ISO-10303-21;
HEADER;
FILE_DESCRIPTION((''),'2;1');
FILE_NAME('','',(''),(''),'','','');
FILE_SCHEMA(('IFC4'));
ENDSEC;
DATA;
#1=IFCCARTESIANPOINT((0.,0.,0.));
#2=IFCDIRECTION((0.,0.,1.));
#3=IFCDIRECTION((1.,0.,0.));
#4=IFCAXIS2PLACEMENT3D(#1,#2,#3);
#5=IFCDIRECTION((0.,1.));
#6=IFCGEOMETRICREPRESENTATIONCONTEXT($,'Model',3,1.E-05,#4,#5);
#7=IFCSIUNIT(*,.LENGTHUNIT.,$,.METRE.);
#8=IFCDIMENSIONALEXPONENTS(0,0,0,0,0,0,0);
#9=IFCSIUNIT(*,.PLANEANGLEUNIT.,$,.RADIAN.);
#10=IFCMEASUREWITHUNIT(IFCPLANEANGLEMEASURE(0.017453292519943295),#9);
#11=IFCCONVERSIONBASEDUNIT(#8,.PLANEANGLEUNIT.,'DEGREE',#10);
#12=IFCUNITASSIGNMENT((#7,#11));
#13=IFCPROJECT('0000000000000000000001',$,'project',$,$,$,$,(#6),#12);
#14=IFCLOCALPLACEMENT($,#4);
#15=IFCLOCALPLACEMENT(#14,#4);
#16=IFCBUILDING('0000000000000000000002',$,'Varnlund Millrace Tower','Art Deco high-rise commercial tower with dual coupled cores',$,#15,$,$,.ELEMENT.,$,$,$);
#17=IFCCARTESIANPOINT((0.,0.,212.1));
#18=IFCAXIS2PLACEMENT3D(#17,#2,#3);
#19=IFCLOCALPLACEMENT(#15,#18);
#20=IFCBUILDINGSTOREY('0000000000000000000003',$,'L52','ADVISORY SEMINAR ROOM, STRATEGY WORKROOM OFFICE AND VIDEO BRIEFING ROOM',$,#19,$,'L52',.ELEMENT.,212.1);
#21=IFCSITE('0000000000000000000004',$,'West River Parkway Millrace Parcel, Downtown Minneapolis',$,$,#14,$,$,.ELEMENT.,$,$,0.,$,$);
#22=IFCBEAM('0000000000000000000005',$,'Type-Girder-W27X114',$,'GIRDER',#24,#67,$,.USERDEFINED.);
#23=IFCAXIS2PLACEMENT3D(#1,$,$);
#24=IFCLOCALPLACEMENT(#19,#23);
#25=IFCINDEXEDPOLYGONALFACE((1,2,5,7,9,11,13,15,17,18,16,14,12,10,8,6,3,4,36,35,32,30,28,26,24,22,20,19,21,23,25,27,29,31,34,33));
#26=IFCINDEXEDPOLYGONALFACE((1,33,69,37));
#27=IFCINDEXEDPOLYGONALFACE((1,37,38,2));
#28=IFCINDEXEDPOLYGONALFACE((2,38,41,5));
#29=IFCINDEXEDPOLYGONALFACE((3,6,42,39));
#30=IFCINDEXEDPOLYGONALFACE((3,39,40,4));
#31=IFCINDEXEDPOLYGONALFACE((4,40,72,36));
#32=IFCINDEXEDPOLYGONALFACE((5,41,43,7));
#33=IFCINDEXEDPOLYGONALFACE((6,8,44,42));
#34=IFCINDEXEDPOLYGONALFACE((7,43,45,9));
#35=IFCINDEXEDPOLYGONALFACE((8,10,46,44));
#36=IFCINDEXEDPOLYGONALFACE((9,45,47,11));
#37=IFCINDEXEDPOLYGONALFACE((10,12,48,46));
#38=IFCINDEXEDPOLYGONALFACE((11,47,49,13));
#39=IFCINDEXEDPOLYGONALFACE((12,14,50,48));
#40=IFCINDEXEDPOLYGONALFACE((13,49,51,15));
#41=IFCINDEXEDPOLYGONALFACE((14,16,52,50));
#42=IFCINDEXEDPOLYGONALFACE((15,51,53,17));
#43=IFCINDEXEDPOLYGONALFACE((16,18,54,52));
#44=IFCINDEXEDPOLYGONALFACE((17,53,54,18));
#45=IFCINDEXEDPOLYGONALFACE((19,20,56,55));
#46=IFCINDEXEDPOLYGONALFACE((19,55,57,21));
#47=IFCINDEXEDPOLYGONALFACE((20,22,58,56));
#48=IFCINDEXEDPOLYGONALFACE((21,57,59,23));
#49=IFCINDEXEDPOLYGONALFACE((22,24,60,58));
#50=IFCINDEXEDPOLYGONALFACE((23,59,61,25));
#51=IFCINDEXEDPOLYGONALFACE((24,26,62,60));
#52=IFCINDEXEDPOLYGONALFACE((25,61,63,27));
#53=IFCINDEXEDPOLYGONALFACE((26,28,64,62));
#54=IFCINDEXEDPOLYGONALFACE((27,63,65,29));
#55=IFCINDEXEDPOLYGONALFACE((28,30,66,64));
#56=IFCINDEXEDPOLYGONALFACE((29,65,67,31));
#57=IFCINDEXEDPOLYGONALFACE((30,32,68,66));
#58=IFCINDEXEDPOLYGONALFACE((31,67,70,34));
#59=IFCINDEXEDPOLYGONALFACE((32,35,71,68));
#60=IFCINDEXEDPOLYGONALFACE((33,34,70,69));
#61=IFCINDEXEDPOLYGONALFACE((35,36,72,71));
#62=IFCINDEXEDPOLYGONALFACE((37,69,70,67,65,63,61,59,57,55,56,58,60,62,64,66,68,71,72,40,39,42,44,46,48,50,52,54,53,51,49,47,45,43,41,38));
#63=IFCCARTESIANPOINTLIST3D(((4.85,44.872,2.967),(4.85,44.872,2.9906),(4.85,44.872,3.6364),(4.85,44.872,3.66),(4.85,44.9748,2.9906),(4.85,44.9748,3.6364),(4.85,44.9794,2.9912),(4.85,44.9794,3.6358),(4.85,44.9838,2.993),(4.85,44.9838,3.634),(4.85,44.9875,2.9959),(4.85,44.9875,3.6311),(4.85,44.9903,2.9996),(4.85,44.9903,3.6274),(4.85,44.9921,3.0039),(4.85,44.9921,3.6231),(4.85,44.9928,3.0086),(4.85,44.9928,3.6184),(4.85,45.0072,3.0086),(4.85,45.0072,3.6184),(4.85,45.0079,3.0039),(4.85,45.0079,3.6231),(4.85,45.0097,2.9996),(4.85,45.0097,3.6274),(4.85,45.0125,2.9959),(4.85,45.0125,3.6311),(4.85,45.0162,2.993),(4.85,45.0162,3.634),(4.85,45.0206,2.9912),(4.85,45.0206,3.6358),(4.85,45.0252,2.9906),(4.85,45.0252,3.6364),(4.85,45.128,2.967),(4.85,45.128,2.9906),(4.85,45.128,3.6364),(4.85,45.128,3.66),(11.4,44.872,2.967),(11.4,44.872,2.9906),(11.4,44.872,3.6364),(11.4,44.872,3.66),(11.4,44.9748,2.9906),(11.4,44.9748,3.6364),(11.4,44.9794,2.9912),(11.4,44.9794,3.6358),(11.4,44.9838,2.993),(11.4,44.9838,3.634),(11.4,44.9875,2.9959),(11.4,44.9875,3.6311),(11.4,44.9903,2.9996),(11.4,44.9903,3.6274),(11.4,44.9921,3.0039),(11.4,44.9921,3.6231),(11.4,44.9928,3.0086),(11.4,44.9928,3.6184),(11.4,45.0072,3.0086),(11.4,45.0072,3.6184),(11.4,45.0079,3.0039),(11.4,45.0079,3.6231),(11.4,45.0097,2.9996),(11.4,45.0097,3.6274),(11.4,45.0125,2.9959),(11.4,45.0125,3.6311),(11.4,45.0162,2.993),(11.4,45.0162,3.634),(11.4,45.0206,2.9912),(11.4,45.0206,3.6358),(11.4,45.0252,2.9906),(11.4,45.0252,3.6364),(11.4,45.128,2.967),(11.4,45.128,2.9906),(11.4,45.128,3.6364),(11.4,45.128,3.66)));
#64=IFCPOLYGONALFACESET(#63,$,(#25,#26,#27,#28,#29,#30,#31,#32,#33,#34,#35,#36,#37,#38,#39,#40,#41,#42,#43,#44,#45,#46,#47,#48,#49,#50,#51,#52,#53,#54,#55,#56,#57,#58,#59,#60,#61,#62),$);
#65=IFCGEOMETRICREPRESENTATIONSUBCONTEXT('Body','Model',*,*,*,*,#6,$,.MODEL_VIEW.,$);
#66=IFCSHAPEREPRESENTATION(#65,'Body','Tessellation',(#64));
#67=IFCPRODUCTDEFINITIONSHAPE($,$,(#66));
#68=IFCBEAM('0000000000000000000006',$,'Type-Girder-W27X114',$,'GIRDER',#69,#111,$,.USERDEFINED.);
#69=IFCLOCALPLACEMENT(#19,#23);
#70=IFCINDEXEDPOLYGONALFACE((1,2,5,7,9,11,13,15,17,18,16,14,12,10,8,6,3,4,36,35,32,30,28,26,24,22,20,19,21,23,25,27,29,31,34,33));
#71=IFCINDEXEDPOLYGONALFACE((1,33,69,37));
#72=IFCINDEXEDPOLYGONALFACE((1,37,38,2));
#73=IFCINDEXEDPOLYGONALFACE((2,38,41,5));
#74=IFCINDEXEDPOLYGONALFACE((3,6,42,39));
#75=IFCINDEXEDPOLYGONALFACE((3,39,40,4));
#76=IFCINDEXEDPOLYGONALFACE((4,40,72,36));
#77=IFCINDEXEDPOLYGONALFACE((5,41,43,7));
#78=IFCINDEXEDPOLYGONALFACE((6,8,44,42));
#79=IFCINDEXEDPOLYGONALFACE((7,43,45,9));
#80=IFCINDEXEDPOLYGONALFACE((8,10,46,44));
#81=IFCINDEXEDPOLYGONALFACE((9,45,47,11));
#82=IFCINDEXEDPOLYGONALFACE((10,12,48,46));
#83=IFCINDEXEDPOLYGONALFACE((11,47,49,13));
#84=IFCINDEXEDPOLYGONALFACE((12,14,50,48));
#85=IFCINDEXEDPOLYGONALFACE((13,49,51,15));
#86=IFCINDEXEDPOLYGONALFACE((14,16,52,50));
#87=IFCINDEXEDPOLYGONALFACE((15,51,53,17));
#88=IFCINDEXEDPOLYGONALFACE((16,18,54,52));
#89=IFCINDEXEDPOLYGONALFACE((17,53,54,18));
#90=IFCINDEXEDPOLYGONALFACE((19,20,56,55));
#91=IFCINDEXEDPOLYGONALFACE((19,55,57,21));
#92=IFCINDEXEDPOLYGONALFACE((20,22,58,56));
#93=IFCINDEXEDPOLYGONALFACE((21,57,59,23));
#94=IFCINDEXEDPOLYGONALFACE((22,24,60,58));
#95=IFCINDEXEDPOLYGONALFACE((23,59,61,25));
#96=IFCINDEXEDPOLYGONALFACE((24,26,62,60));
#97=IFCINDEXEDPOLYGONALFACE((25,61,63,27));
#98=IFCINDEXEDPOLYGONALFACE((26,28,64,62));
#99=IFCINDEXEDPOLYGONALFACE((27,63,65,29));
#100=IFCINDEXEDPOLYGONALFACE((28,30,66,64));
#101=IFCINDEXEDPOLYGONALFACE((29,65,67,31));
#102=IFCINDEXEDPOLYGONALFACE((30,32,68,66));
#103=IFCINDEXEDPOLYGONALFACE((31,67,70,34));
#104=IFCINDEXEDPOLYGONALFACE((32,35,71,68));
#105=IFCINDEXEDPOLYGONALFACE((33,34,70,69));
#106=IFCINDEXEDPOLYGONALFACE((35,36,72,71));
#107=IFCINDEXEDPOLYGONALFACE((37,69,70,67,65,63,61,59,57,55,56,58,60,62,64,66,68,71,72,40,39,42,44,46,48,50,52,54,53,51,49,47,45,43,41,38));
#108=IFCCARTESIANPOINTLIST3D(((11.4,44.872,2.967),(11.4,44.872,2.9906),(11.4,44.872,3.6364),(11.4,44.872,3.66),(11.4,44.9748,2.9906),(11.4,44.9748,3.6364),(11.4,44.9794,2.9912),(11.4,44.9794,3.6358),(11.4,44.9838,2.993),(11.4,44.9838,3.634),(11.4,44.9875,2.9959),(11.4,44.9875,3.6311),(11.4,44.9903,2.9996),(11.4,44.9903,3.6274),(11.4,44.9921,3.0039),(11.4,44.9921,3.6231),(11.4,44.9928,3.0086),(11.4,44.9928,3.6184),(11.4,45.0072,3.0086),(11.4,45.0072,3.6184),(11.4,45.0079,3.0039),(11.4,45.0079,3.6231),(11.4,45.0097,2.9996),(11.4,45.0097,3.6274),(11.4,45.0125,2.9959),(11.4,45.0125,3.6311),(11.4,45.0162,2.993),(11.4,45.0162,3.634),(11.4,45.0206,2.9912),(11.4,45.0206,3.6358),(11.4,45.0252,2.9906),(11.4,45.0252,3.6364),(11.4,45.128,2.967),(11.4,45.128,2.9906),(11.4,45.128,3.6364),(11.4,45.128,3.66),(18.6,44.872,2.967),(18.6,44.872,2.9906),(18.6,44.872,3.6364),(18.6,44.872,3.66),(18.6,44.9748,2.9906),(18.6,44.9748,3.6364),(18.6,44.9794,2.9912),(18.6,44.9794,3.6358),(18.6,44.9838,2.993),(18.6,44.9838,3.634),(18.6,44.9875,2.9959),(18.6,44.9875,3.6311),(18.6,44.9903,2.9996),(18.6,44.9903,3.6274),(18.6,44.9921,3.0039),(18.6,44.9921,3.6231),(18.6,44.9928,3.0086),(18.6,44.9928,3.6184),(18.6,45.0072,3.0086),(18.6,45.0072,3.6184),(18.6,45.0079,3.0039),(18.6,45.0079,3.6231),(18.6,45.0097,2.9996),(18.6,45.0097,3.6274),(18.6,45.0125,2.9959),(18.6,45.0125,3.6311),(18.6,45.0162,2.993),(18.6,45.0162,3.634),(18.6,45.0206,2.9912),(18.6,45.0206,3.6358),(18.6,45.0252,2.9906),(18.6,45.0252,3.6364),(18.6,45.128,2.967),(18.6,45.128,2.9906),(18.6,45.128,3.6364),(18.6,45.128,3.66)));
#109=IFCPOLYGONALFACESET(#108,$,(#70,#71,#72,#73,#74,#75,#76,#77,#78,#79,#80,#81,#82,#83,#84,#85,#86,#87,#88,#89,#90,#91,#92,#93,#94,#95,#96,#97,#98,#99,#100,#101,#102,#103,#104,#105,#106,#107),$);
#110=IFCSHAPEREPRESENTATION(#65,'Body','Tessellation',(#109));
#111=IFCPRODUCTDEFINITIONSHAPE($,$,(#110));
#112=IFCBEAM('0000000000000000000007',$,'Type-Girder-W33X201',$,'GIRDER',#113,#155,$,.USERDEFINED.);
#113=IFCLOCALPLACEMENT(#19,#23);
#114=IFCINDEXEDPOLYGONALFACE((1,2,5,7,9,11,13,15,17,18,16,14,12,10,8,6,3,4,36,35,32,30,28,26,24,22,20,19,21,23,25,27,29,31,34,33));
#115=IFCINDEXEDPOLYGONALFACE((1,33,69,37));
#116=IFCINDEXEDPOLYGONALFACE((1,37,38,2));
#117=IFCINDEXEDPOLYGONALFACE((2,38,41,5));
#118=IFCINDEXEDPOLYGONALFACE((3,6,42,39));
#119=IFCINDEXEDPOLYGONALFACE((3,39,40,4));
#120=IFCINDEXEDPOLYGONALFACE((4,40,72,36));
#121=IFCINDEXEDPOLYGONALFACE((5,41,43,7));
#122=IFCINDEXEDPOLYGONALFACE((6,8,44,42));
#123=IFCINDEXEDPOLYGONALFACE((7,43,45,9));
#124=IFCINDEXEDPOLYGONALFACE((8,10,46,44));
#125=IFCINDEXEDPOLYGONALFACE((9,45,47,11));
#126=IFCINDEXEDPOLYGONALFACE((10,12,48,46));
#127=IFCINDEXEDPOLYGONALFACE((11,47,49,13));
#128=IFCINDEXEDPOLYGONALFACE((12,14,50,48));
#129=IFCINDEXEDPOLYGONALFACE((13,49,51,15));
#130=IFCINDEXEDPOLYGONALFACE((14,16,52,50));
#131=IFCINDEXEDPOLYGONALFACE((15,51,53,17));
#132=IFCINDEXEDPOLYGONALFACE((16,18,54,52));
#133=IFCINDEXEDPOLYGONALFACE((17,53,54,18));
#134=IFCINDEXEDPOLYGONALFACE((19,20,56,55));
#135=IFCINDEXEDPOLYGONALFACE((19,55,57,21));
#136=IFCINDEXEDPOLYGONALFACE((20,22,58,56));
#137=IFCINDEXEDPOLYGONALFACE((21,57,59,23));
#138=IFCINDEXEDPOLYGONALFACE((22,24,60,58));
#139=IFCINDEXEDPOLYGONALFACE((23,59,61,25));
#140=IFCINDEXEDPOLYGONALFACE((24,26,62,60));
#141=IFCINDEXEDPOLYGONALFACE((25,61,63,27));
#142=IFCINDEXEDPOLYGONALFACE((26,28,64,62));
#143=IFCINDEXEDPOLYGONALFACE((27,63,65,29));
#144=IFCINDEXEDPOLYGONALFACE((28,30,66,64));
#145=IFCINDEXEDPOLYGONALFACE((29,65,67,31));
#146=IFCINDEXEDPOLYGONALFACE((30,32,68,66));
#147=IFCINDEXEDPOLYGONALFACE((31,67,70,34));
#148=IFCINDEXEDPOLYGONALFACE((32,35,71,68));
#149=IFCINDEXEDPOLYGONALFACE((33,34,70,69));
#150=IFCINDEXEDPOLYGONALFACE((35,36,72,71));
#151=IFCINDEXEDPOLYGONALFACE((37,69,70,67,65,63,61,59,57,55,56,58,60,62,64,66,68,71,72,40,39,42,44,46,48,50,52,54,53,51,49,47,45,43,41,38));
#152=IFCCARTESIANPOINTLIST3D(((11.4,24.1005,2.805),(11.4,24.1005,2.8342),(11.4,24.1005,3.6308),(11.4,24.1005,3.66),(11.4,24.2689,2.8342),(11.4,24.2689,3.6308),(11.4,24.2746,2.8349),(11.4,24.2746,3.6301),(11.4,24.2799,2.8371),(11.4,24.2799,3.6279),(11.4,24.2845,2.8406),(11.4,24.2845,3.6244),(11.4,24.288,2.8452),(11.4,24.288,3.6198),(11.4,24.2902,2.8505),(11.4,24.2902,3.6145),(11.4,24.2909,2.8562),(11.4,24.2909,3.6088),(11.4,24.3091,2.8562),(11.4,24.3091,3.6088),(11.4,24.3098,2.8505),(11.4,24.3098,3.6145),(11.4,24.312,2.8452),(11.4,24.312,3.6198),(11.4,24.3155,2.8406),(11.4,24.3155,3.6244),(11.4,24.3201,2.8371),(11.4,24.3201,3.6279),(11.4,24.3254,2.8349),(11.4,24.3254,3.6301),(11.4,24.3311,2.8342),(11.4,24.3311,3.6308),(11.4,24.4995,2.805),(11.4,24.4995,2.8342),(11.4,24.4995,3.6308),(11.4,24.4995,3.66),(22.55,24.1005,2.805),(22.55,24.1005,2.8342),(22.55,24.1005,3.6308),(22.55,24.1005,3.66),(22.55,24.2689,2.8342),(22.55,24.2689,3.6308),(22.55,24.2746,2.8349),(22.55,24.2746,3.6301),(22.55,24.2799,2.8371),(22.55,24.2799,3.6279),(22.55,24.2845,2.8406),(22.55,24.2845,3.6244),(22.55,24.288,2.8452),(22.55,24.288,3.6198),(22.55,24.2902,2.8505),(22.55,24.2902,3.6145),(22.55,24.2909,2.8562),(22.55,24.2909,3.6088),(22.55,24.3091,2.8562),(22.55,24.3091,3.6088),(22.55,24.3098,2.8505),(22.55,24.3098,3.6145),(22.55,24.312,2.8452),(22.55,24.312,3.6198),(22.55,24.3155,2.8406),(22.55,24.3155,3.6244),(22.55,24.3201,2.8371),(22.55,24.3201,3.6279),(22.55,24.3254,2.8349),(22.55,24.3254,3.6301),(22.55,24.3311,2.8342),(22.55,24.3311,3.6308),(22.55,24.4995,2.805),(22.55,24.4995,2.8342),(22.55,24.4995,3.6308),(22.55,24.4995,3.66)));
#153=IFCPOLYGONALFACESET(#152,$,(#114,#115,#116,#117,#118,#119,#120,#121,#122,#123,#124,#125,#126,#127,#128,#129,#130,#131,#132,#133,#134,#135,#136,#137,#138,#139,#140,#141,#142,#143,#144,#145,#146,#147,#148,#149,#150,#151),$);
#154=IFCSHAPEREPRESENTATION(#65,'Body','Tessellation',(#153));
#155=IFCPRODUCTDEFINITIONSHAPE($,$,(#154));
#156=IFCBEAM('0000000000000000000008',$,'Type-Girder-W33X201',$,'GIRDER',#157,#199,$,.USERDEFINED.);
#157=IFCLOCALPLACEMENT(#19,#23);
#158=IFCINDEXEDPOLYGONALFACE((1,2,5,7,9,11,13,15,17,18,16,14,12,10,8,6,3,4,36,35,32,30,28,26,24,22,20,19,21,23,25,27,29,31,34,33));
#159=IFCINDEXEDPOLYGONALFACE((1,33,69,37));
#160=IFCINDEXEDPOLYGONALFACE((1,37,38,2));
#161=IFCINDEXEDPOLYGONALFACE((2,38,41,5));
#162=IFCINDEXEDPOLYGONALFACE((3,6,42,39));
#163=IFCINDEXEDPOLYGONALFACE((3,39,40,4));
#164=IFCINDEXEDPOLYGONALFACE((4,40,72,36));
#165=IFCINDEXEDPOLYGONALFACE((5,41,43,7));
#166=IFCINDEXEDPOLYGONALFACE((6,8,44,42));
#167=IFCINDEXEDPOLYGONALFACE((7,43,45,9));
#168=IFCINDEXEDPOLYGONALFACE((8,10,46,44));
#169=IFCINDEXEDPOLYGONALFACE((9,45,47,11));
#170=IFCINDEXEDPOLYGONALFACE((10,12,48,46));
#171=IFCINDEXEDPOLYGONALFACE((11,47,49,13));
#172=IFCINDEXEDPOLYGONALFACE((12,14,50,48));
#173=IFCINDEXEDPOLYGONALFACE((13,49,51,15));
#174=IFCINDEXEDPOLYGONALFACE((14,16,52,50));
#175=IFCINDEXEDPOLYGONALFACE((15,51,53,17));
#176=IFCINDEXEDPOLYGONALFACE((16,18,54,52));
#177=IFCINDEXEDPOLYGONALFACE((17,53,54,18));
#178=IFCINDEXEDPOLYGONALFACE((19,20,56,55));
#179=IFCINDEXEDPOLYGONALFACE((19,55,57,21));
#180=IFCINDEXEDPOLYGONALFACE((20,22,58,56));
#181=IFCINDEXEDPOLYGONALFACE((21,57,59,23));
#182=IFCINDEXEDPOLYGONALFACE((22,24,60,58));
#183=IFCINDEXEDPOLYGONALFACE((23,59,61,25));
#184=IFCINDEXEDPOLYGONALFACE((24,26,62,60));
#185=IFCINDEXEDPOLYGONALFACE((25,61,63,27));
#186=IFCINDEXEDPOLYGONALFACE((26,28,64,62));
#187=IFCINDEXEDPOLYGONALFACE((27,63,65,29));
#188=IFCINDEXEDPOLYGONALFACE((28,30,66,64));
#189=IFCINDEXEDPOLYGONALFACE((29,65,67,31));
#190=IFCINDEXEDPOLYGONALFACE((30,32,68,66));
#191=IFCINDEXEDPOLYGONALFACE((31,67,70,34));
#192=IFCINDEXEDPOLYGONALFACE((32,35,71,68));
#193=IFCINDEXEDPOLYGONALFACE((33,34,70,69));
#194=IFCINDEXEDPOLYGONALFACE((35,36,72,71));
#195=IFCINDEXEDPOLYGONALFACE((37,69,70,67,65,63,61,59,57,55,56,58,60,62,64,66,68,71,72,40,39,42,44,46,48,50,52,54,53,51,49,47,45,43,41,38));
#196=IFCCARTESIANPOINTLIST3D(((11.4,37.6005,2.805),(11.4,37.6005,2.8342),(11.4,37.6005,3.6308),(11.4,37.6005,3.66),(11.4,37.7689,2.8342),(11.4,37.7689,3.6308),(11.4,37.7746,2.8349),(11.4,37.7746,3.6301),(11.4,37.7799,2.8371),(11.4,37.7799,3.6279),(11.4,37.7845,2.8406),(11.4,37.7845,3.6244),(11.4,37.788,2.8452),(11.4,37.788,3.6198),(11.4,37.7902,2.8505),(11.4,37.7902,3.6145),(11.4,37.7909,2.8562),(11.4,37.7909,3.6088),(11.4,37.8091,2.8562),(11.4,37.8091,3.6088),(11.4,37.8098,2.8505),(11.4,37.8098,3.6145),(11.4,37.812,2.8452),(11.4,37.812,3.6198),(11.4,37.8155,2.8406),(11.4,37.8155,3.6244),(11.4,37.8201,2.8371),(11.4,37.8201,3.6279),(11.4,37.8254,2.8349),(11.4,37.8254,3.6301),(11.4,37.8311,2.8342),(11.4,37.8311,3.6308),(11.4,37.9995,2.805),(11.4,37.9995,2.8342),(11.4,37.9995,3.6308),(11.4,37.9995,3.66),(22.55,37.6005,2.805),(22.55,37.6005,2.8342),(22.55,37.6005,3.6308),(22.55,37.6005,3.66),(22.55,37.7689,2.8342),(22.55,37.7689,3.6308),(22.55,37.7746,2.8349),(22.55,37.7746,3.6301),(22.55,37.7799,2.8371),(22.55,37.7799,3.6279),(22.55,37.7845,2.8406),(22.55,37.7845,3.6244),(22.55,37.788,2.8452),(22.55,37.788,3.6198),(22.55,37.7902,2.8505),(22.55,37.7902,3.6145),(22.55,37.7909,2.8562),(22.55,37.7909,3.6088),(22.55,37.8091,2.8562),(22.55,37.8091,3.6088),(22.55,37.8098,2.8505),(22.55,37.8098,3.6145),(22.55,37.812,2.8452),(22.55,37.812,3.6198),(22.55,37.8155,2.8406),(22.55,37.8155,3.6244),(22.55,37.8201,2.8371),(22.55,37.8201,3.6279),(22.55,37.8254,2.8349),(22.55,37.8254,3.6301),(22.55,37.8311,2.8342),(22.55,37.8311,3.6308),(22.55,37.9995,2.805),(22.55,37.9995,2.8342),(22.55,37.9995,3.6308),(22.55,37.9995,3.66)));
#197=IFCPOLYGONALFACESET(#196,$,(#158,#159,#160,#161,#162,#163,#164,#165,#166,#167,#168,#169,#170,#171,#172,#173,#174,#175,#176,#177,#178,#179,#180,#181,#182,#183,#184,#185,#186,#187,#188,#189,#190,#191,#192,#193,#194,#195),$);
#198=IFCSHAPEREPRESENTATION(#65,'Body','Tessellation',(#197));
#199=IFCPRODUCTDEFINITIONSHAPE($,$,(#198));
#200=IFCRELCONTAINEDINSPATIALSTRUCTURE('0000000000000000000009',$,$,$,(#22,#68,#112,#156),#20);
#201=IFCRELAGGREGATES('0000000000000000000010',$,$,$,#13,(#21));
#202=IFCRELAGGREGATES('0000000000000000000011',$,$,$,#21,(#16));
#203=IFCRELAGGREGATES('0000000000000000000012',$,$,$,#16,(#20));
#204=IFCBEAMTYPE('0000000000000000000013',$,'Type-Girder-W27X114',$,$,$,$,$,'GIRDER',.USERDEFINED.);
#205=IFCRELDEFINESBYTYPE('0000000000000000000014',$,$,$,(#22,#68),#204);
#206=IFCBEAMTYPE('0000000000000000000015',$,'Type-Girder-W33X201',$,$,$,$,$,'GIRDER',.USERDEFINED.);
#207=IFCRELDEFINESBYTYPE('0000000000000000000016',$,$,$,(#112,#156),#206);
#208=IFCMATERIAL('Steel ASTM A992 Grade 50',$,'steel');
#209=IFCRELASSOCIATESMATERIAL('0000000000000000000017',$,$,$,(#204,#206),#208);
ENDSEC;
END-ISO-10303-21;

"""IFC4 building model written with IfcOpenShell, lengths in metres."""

from ifc_helpers import new_model, entity, si_unit, converted_unit, direction, frame, origin_with_axes, origin_2d_with_axis, place, context, subcontext, project, spatial, i_section, extrude, material, material_profile, profile_set, type_object, element, save


model = new_model("IFC4")

# Units and contexts
model_context = context("Model", 3, precision=1e-05, world=origin_with_axes(), true_north=direction((0.0, 1.0)))
body_context = subcontext(model_context, "Body", "Model", "MODEL_VIEW")
ifc_project = project(units=[si_unit("LENGTHUNIT", "METRE"), converted_unit("PLANEANGLEUNIT", "DEGREE", entity("IfcPlaneAngleMeasure", 0.017453292519943295), si_unit("PLANEANGLEUNIT", "RADIAN"), dimensions=[0, 0, 0, 0, 0, 0, 0])], contexts=[model_context])

# Site, building, storey
site_placement = place(None, origin_with_axes())
site = spatial("IfcSite", under=ifc_project, at=site_placement, Name="West River Parkway Millrace Parcel, Downtown Minneapolis", CompositionType="ELEMENT", RefElevation=0.0)
building_placement = place(site_placement, origin_with_axes())
building = spatial("IfcBuilding", under=site, at=building_placement, Name="Varnlund Millrace Tower", Description="Art Deco high-rise commercial tower with dual coupled cores", CompositionType="ELEMENT")
storey_placement = place(building_placement, frame((0.0, 0.0, 212.1), z_axis=(0.0, 0.0, 1.0), x_axis=(1.0, 0.0, 0.0)))
storey = spatial("IfcBuildingStorey", under=building, at=storey_placement, Name="L52", Description="ADVISORY SEMINAR ROOM, STRATEGY WORKROOM OFFICE AND VIDEO BRIEFING ROOM", LongName="L52", CompositionType="ELEMENT", Elevation=212.1)

# Beams
ifc_material_1 = material(Name="Steel ASTM A992 Grade 50", Category="steel")
ifc_material_profile_1 = material_profile(ifc_material_1, i_section(OverallWidth=0.256, OverallDepth=0.693, WebThickness=0.0145, FlangeThickness=0.0236, FilletRadius=0.018, at=origin_2d_with_axis()), Name="Steel ASTM A992 Grade 50")
ifc_profile_set_1 = profile_set([ifc_material_profile_1], Name="Steel ASTM A992 Grade 50")
beam_type_1 = type_object("IfcBeamType", Name="Type-Girder-W27X114", ElementType="GIRDER", PredefinedType="USERDEFINED", material=ifc_profile_set_1)
beam_1_placement = place(storey_placement, frame((4.85, 45.0, 3.3135), z_axis=(1.0, 0.0, 0.0), x_axis=(0.0, 1.0, 0.0)))
element("IfcBeam", 1, at=beam_1_placement, inside=storey, type_object=beam_type_1, Name="Type-Girder-W27X114", ObjectType="GIRDER", PredefinedType="USERDEFINED", context=body_context, shape_type="SweptSolid", body=[
    extrude(i_section(OverallWidth=0.256, OverallDepth=0.693, WebThickness=0.0145, FlangeThickness=0.0236, FilletRadius=0.018, at=origin_2d_with_axis()), origin_with_axes(), (0.0, 0.0, 1.0), 6.55),
])
beam_2_placement = place(storey_placement, frame((11.4, 45.0, 3.3135), z_axis=(1.0, 0.0, 0.0), x_axis=(0.0, 1.0, 0.0)))
element("IfcBeam", 2, at=beam_2_placement, inside=storey, type_object=beam_type_1, Name="Type-Girder-W27X114", ObjectType="GIRDER", PredefinedType="USERDEFINED", context=body_context, shape_type="SweptSolid", body=[
    extrude(i_section(OverallWidth=0.256, OverallDepth=0.693, WebThickness=0.0145, FlangeThickness=0.0236, FilletRadius=0.018, at=origin_2d_with_axis()), origin_with_axes(), (0.0, 0.0, 1.0), 7.2),
])
ifc_material_profile_2 = material_profile(ifc_material_1, i_section(OverallWidth=0.399, OverallDepth=0.855, WebThickness=0.0182, FlangeThickness=0.0292, FilletRadius=0.022, at=origin_2d_with_axis()), Name="Steel ASTM A992 Grade 50")
ifc_profile_set_2 = profile_set([ifc_material_profile_2], Name="Steel ASTM A992 Grade 50")
beam_type_2 = type_object("IfcBeamType", Name="Type-Girder-W33X201", ElementType="GIRDER", PredefinedType="USERDEFINED", material=ifc_profile_set_2)
for number, where, z_axis, x_axis, name in (
    (3, (11.4, 24.3, 3.2325), (1.0, 0.0, 0.0), (0.0, 1.0, 0.0), "Type-Girder-W33X201"),
    (4, (11.4, 37.8, 3.2325), (1.0, 0.0, 0.0), (0.0, 1.0, 0.0), "Type-Girder-W33X201"),
):
    element("IfcBeam", number, at=place(storey_placement, frame(where, z_axis=z_axis, x_axis=x_axis)), inside=storey, type_object=beam_type_2, Name=name, ObjectType="GIRDER", PredefinedType="USERDEFINED", context=body_context, shape_type="SweptSolid", body=[
        extrude(i_section(OverallWidth=0.399, OverallDepth=0.855, WebThickness=0.0182, FlangeThickness=0.0292, FilletRadius=0.022, at=origin_2d_with_axis()), origin_with_axes(), (0.0, 0.0, 1.0), 11.15),
    ])

save(model, "model.ifc")
